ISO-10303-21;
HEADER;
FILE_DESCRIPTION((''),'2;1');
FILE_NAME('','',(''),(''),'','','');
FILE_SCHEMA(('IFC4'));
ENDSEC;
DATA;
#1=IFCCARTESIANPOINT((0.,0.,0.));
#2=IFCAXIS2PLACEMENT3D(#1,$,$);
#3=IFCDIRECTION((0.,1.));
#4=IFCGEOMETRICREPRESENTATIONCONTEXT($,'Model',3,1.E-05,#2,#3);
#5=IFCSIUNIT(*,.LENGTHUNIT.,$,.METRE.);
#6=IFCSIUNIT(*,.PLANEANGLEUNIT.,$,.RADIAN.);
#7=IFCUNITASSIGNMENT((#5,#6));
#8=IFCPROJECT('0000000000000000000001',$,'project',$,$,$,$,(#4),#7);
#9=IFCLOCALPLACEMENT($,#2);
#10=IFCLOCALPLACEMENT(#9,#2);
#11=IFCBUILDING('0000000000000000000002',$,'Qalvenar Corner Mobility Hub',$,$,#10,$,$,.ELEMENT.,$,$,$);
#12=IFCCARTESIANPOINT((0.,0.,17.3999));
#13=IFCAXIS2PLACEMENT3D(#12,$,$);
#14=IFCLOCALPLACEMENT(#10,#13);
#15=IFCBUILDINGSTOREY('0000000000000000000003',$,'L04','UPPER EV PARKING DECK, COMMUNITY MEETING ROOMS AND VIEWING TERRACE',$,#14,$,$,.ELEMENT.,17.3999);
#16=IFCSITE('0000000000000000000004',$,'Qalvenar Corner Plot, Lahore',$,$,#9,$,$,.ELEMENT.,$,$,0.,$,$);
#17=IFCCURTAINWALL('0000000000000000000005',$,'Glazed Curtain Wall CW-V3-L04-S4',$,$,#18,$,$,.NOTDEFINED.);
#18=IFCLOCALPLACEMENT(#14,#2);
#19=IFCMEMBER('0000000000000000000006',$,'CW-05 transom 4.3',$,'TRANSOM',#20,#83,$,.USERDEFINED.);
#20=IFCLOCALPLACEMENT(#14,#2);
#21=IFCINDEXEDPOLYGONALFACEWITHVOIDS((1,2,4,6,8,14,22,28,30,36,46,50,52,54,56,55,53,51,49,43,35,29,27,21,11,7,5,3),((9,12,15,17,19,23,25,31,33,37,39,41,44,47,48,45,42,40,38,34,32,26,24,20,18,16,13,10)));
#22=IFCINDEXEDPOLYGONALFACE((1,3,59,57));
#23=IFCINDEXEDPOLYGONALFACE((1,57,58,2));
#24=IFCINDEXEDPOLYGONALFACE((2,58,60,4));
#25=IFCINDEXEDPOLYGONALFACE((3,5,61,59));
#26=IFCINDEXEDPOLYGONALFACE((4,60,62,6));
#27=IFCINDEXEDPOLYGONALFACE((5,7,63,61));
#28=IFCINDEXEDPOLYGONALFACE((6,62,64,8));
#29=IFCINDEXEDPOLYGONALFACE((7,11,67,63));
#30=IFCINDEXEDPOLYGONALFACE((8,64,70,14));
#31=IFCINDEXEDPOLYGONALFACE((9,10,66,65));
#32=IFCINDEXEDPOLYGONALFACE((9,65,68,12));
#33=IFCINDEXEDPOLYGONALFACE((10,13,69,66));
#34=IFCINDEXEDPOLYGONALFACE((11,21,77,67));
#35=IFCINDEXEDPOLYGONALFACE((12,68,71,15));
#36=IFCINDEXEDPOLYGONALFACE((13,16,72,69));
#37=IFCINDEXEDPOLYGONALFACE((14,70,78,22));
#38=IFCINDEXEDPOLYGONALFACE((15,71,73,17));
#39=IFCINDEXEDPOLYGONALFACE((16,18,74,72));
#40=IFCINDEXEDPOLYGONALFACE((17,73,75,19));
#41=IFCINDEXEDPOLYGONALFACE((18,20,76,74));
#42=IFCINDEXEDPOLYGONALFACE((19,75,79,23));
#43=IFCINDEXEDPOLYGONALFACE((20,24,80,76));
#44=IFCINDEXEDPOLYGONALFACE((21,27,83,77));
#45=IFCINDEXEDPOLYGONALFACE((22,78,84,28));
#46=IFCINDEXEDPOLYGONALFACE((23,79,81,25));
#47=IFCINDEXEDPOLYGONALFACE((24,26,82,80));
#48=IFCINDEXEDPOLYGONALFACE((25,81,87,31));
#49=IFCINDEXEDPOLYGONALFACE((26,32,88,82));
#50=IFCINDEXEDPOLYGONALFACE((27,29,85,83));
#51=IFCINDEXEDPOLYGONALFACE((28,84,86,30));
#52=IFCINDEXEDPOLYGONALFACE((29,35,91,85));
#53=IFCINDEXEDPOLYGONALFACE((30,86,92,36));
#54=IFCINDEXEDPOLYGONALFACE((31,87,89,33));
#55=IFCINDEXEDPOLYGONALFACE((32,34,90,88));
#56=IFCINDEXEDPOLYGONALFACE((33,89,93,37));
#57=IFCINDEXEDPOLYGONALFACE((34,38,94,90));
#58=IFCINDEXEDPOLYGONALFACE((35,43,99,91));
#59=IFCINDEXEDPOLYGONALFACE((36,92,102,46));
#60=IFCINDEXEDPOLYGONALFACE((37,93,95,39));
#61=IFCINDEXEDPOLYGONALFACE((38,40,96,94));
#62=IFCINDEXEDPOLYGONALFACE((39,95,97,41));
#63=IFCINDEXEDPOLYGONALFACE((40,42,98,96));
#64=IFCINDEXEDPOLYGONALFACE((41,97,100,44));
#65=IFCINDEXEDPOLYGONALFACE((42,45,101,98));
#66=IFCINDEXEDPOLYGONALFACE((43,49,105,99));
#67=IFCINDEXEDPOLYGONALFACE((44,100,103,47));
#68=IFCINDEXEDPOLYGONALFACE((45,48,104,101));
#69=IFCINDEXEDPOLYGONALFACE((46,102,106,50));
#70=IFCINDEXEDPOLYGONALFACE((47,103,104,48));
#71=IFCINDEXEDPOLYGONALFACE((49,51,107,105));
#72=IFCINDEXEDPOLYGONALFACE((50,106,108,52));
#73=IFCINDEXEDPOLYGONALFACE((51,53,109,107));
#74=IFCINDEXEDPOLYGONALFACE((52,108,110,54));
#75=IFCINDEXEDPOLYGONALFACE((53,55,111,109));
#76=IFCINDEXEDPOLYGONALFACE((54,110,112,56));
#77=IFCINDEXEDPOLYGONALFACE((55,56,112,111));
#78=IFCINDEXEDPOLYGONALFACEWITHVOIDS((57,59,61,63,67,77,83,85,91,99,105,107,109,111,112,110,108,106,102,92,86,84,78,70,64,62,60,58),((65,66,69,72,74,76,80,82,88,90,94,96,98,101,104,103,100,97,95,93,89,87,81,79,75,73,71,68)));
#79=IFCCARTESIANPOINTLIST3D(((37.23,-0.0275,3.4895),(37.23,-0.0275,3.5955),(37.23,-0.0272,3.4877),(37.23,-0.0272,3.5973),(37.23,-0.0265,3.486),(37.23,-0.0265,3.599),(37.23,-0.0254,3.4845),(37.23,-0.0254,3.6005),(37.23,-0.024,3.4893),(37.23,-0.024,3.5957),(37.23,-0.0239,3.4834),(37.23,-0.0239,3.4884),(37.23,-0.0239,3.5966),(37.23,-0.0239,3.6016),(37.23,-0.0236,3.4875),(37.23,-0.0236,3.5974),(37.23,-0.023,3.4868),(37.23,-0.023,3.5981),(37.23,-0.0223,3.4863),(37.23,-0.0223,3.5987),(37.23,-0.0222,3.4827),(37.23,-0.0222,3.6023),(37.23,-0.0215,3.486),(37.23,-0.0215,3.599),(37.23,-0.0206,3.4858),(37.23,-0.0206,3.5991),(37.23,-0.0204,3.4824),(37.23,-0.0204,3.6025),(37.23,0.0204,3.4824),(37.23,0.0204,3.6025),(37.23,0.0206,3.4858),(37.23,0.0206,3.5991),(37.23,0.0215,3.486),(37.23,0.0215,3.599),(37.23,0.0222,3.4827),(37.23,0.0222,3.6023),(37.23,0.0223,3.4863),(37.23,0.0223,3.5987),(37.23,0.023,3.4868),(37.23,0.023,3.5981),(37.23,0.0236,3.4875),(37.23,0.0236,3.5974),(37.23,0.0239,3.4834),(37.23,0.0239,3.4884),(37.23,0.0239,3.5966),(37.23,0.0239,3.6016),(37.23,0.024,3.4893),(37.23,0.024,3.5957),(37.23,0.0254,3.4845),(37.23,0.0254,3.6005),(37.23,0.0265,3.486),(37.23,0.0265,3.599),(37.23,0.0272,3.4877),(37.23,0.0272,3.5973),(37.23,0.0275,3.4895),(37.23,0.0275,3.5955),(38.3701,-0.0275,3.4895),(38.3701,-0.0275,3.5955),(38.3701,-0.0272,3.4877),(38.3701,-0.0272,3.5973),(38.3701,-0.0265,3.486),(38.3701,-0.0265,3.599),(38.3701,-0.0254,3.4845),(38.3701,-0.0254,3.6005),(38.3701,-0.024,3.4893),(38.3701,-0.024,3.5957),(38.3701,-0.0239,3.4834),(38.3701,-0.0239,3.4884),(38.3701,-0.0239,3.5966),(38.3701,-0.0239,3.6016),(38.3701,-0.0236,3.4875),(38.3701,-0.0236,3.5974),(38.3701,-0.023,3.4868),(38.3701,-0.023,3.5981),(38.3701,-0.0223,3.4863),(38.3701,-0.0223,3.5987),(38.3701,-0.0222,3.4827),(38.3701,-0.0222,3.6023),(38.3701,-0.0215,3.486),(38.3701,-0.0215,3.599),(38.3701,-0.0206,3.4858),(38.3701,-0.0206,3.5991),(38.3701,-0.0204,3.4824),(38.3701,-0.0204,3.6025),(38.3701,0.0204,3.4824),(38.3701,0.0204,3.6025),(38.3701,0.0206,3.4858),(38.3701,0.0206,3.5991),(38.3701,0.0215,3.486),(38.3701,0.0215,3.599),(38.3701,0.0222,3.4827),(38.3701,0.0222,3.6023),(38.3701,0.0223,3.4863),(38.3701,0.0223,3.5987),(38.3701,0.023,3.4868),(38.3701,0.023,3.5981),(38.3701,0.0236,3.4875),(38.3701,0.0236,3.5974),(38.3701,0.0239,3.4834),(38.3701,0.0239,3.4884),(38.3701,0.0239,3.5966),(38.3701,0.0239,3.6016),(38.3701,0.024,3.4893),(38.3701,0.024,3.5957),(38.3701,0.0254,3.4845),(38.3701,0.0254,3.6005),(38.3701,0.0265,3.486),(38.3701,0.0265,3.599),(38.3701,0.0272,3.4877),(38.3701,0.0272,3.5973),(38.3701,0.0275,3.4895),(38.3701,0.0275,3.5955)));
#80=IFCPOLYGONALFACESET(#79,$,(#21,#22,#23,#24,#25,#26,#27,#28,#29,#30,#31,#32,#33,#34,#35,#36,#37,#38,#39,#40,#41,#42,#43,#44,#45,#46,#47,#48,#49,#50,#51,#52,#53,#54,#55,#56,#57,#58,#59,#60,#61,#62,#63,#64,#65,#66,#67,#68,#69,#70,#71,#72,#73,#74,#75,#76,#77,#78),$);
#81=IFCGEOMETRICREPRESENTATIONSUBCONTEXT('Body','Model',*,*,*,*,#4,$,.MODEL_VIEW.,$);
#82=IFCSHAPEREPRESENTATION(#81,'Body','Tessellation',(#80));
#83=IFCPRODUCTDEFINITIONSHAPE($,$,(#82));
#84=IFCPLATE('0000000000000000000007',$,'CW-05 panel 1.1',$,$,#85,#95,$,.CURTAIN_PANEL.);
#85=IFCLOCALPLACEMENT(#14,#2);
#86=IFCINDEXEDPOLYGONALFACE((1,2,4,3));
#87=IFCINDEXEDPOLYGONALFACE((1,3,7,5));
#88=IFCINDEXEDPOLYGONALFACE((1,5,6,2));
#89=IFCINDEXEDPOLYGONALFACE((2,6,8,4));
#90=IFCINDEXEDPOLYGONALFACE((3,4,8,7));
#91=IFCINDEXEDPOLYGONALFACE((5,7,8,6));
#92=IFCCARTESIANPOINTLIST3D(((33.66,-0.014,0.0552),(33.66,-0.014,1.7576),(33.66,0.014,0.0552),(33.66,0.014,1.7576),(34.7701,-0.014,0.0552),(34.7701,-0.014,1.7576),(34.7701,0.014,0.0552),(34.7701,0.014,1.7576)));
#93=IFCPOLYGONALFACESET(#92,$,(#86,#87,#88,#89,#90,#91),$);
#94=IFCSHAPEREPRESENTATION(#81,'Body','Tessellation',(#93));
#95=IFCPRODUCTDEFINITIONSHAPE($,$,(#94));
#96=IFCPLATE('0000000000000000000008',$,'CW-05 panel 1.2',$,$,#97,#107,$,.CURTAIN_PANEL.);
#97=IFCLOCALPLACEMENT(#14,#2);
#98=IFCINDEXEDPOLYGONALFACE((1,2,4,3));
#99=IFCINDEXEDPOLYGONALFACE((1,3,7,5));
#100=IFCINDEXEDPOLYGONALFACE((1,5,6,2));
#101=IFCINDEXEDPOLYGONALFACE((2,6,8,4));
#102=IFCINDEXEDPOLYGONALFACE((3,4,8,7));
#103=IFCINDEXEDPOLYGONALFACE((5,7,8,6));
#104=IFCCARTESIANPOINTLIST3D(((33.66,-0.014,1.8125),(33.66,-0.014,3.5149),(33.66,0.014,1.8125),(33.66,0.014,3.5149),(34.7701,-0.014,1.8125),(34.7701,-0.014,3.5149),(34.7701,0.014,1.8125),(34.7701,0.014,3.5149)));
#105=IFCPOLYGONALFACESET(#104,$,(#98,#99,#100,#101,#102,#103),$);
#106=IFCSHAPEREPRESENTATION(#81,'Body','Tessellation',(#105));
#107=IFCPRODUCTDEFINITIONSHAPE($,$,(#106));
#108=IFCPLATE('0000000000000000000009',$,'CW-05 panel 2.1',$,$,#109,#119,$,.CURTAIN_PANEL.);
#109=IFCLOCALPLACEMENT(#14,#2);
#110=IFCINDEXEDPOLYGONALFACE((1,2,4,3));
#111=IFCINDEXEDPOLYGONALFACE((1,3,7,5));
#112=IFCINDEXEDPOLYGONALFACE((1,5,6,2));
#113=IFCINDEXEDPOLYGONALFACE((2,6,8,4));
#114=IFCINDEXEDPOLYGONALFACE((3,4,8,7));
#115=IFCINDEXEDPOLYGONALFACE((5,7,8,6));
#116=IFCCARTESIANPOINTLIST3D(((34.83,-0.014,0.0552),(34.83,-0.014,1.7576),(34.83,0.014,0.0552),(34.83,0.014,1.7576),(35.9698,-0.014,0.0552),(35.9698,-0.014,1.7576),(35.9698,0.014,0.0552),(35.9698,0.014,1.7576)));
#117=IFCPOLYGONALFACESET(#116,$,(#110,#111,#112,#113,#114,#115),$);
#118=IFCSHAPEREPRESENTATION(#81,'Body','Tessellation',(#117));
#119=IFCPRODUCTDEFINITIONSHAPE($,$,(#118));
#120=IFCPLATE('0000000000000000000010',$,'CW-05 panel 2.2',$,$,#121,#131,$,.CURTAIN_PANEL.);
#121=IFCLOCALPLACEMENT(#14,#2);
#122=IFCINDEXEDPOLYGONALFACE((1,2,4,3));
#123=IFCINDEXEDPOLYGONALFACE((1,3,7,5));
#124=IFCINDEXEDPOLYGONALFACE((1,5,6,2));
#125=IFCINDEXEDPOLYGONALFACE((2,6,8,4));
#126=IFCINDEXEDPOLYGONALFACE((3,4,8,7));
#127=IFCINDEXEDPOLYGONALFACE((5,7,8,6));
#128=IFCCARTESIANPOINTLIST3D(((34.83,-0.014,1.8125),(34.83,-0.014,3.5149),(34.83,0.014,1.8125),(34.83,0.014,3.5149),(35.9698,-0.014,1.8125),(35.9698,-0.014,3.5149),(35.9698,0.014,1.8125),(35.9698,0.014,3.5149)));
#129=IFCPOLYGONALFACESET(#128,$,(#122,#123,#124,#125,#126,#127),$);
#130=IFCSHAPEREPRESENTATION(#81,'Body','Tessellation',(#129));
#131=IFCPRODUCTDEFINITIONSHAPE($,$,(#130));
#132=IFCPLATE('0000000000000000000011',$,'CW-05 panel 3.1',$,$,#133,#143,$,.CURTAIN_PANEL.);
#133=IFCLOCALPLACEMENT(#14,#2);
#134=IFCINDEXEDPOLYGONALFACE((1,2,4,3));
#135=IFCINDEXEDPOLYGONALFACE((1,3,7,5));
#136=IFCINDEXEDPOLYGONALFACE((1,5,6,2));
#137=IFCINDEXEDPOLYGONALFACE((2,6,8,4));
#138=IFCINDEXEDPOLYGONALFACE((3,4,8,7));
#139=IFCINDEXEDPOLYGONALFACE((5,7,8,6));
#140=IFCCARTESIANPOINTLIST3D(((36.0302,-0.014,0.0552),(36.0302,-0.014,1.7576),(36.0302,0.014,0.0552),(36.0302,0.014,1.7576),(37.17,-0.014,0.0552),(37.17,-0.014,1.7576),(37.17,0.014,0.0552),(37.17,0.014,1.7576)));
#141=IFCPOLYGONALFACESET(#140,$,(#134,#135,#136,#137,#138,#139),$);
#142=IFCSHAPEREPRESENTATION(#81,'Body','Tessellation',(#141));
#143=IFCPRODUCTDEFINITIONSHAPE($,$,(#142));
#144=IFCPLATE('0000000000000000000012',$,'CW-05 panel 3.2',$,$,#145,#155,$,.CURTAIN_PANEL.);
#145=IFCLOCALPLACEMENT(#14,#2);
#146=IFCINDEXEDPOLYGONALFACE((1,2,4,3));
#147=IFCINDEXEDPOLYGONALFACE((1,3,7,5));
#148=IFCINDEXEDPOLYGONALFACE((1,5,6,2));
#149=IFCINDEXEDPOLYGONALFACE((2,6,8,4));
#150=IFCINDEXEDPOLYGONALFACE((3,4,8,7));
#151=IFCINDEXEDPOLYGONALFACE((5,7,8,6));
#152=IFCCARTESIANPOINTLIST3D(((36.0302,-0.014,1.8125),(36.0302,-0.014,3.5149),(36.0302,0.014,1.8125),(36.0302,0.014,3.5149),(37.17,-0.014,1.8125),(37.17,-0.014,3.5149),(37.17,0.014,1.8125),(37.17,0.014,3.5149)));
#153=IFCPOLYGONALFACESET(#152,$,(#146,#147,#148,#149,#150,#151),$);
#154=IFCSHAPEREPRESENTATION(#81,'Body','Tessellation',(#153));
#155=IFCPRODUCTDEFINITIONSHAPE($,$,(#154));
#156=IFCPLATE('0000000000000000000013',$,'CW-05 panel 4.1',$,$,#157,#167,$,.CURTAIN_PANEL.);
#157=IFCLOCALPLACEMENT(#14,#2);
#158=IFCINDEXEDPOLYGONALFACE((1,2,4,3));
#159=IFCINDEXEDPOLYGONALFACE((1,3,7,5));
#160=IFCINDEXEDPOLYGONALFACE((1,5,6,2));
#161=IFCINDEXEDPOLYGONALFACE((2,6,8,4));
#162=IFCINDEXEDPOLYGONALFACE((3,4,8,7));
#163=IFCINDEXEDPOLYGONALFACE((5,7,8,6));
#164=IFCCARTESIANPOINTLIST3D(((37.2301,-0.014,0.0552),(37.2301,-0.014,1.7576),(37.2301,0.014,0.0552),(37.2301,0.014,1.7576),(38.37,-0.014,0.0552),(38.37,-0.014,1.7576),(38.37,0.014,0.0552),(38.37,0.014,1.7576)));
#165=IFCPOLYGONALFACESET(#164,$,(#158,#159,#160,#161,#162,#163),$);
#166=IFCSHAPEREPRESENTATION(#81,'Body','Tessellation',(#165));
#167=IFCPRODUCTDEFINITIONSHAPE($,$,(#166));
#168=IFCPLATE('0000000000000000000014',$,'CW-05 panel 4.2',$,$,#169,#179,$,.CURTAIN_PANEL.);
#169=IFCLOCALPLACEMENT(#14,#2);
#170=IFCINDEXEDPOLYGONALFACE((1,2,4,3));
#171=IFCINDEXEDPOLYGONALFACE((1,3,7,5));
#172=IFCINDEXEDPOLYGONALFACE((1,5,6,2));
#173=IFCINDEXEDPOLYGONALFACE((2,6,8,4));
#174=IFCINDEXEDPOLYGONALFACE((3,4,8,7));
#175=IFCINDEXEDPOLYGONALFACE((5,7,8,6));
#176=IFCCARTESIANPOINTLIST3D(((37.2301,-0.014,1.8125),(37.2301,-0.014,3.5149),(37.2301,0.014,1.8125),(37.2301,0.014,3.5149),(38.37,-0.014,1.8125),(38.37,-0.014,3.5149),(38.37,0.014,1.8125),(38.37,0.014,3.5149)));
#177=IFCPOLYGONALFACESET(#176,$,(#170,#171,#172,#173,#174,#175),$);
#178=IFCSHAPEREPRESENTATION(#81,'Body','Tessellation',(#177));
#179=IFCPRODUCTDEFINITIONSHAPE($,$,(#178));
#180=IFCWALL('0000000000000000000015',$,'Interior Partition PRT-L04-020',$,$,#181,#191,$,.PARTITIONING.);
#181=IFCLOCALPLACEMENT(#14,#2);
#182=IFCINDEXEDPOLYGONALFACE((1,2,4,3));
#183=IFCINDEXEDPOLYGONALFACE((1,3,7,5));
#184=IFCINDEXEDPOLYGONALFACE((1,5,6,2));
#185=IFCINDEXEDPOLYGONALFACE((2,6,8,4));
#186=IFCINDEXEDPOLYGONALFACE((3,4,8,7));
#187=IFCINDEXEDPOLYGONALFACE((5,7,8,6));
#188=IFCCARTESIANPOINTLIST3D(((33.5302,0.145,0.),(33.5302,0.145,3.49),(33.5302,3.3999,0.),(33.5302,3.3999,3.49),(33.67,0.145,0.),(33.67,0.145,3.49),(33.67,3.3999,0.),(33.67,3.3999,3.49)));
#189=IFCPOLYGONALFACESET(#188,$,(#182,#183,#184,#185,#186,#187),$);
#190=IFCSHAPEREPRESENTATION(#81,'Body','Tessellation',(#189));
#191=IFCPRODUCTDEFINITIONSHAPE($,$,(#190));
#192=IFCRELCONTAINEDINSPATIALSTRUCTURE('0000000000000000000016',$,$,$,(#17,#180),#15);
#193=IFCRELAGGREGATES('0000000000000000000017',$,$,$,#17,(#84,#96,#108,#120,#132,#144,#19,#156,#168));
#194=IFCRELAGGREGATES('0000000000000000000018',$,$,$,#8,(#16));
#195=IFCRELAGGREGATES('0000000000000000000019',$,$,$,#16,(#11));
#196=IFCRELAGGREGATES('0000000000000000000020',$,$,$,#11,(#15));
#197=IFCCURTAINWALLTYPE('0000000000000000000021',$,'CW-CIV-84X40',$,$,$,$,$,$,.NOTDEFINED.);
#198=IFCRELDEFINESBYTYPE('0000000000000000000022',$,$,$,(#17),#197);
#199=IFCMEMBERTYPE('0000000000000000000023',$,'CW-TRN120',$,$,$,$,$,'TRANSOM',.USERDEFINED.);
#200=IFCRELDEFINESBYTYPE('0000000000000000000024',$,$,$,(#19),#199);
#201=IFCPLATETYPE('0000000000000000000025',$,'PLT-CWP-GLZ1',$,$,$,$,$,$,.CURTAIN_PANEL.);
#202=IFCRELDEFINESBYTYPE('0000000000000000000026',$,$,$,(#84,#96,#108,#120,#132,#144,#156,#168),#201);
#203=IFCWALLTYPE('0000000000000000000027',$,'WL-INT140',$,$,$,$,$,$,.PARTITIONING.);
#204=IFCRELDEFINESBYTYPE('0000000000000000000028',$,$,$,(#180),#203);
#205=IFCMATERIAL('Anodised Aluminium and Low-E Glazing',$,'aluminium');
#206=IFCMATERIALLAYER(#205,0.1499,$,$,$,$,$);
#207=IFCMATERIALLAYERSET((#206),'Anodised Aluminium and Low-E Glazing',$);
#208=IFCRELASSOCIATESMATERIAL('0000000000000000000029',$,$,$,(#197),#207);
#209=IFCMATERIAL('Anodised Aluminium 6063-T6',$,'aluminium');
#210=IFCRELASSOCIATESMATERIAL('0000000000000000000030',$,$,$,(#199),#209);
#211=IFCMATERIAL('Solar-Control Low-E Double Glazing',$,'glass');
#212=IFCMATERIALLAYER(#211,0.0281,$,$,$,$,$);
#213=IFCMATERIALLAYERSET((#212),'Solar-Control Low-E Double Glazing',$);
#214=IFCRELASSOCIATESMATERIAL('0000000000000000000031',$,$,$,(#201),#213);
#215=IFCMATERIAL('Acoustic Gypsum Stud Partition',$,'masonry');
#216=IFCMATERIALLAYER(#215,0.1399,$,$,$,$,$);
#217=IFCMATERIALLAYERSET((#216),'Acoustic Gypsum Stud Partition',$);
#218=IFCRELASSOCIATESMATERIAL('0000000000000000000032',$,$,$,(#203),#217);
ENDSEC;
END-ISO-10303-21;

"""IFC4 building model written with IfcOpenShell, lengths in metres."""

from ifc_helpers import new_model, si_unit, direction, frame, frame_2d, origin, origin_2d, place, context, subcontext, project, spatial, rectangle, hollow_rectangle, extrude, material, layer, layer_set, material_profile, profile_set, type_object, element, aggregate, save


model = new_model("IFC4")

# Units and contexts
model_context = context("Model", 3, precision=1e-05, world=origin(), true_north=direction((0.0, 1.0)))
body_context = subcontext(model_context, "Body", "Model", "MODEL_VIEW")
ifc_project = project(units=[si_unit("LENGTHUNIT", "METRE"), si_unit("PLANEANGLEUNIT", "RADIAN")], contexts=[model_context])

# Site, building, storey
site_placement = place(None, origin())
site = spatial("IfcSite", under=ifc_project, at=site_placement, Name="Qalvenar Corner Plot, Lahore", CompositionType="ELEMENT", RefElevation=0.0)
building_placement = place(site_placement, origin())
building = spatial("IfcBuilding", under=site, at=building_placement, Name="Qalvenar Corner Mobility Hub", CompositionType="ELEMENT")
storey_placement = place(building_placement, frame((0.0, 0.0, 17.3999)))
storey = spatial("IfcBuildingStorey", under=building, at=storey_placement, Name="L04", Description="UPPER EV PARKING DECK, COMMUNITY MEETING ROOMS AND VIEWING TERRACE", CompositionType="ELEMENT", Elevation=17.3999)

# Curtain wall, member, plates
ifc_material_1 = material(Name="Anodised Aluminium and Low-E Glazing", Category="aluminium")
ifc_layer_1 = layer(ifc_material_1, 0.1499)
ifc_layer_set_1 = layer_set([ifc_layer_1], Name="Anodised Aluminium and Low-E Glazing")
curtain_wall_type = type_object("IfcCurtainWallType", Name="CW-CIV-84X40", PredefinedType="NOTDEFINED", material=ifc_layer_set_1)
curtain_wall_placement = place(storey_placement, origin())
curtain_wall = element("IfcCurtainWall", 1, at=curtain_wall_placement, inside=storey, type_object=curtain_wall_type, Name="Glazed Curtain Wall CW-V3-L04-S4", PredefinedType="NOTDEFINED")
ifc_material_2 = material(Name="Anodised Aluminium 6063-T6", Category="aluminium")
ifc_material_profile_1 = material_profile(ifc_material_2, hollow_rectangle(XDim=0.0549, YDim=0.1201, WallThickness=0.0034, InnerFilletRadius=0.0034, OuterFilletRadius=0.0071, at=origin_2d()), Name="RHS120x55x3.5")
ifc_profile_set_1 = profile_set([ifc_material_profile_1], Name="Anodised Aluminium 6063-T6")
member_type_1 = type_object("IfcMemberType", Name="CW-TRN120", ElementType="TRANSOM", PredefinedType="USERDEFINED", material=ifc_profile_set_1)
member_1_placement = place(storey_placement, frame((37.23, 0.0, 3.5425), z_axis=(1.0, 0.0, 0.0), x_axis=(0.0, 1.0, 0.0)))
member_1 = element("IfcMember", 2, at=member_1_placement, type_object=member_type_1, Name="CW-05 transom 4.3", ObjectType="TRANSOM", PredefinedType="USERDEFINED", context=body_context, shape_type="SweptSolid", body=[
    extrude(hollow_rectangle(XDim=0.0549, YDim=0.1201, WallThickness=0.0034, InnerFilletRadius=0.0034, OuterFilletRadius=0.0071, at=origin_2d()), origin(), (0.0, 0.0, 1.0), 1.1401),
])
ifc_material_3 = material(Name="Solar-Control Low-E Double Glazing", Category="glass")
ifc_layer_2 = layer(ifc_material_3, 0.0281)
ifc_layer_set_2 = layer_set([ifc_layer_2], Name="Solar-Control Low-E Double Glazing")
plate_type = type_object("IfcPlateType", Name="PLT-CWP-GLZ1", PredefinedType="CURTAIN_PANEL", material=ifc_layer_set_2)
plate_1_placement = place(storey_placement, frame((34.2151, 0.0, 0.0552), z_axis=(0.0, 0.0, 1.0), x_axis=(1.0, 0.0, 0.0)))
plate_1 = element("IfcPlate", 3, at=plate_1_placement, type_object=plate_type, Name="CW-05 panel 1.1", PredefinedType="CURTAIN_PANEL", context=body_context, shape_type="SweptSolid", body=[
    extrude(rectangle(XDim=1.1101, YDim=0.0281, at=origin_2d()), origin(), (0.0, 0.0, 1.0), 1.7024),
])
plate_2_placement = place(storey_placement, frame((34.2151, 0.0, 1.8125), z_axis=(0.0, 0.0, 1.0), x_axis=(1.0, 0.0, 0.0)))
plate_2 = element("IfcPlate", 4, at=plate_2_placement, type_object=plate_type, Name="CW-05 panel 1.2", PredefinedType="CURTAIN_PANEL", context=body_context, shape_type="SweptSolid", body=[
    extrude(rectangle(XDim=1.1101, YDim=0.0281, at=origin_2d()), origin(), (0.0, 0.0, 1.0), 1.7024),
])
plate_3_placement = place(storey_placement, frame((35.3999, 0.0, 0.0552), z_axis=(0.0, 0.0, 1.0), x_axis=(1.0, 0.0, 0.0)))
plate_3 = element("IfcPlate", 5, at=plate_3_placement, type_object=plate_type, Name="CW-05 panel 2.1", PredefinedType="CURTAIN_PANEL", context=body_context, shape_type="SweptSolid", body=[
    extrude(rectangle(XDim=1.1399, YDim=0.0281, at=origin_2d()), origin(), (0.0, 0.0, 1.0), 1.7024),
])
plate_4_placement = place(storey_placement, frame((35.3999, 0.0, 1.8125), z_axis=(0.0, 0.0, 1.0), x_axis=(1.0, 0.0, 0.0)))
plate_4 = element("IfcPlate", 6, at=plate_4_placement, type_object=plate_type, Name="CW-05 panel 2.2", PredefinedType="CURTAIN_PANEL", context=body_context, shape_type="SweptSolid", body=[
    extrude(rectangle(XDim=1.1399, YDim=0.0281, at=origin_2d()), origin(), (0.0, 0.0, 1.0), 1.7024),
])
plate_5_placement = place(storey_placement, frame((36.6001, 0.0, 0.0552), z_axis=(0.0, 0.0, 1.0), x_axis=(1.0, 0.0, 0.0)))
plate_5 = element("IfcPlate", 7, at=plate_5_placement, type_object=plate_type, Name="CW-05 panel 3.1", PredefinedType="CURTAIN_PANEL", context=body_context, shape_type="SweptSolid", body=[
    extrude(rectangle(XDim=1.1399, YDim=0.0281, at=origin_2d()), origin(), (0.0, 0.0, 1.0), 1.7024),
])
plate_6_placement = place(storey_placement, frame((36.6001, 0.0, 1.8125), z_axis=(0.0, 0.0, 1.0), x_axis=(1.0, 0.0, 0.0)))
plate_6 = element("IfcPlate", 8, at=plate_6_placement, type_object=plate_type, Name="CW-05 panel 3.2", PredefinedType="CURTAIN_PANEL", context=body_context, shape_type="SweptSolid", body=[
    extrude(rectangle(XDim=1.1399, YDim=0.0281, at=origin_2d()), origin(), (0.0, 0.0, 1.0), 1.7024),
])
plate_7_placement = place(storey_placement, frame((37.8, 0.0, 0.0552), z_axis=(0.0, 0.0, 1.0), x_axis=(1.0, 0.0, 0.0)))
plate_7 = element("IfcPlate", 9, at=plate_7_placement, type_object=plate_type, Name="CW-05 panel 4.1", PredefinedType="CURTAIN_PANEL", context=body_context, shape_type="SweptSolid", body=[
    extrude(rectangle(XDim=1.1399, YDim=0.0281, at=origin_2d()), origin(), (0.0, 0.0, 1.0), 1.7024),
])
plate_8_placement = place(storey_placement, frame((37.8, 0.0, 1.8125), z_axis=(0.0, 0.0, 1.0), x_axis=(1.0, 0.0, 0.0)))
plate_8 = element("IfcPlate", 10, at=plate_8_placement, type_object=plate_type, Name="CW-05 panel 4.2", PredefinedType="CURTAIN_PANEL", context=body_context, shape_type="SweptSolid", body=[
    extrude(rectangle(XDim=1.1399, YDim=0.0281, at=origin_2d()), origin(), (0.0, 0.0, 1.0), 1.7024),
])
aggregate(curtain_wall, [plate_1, plate_2, plate_3, plate_4, plate_5, plate_6, member_1, plate_7, plate_8])

# Wall
ifc_material_4 = material(Name="Acoustic Gypsum Stud Partition", Category="masonry")
ifc_layer_3 = layer(ifc_material_4, 0.1399)
ifc_layer_set_3 = layer_set([ifc_layer_3], Name="Acoustic Gypsum Stud Partition")
wall_type = type_object("IfcWallType", Name="WL-INT140", PredefinedType="PARTITIONING", material=ifc_layer_set_3)
wall_placement = place(storey_placement, frame((33.6001, 0.145, 0.0), z_axis=(0.0, 0.0, 1.0), x_axis=(0.0, 1.0, 0.0)))
element("IfcWall", 11, at=wall_placement, inside=storey, type_object=wall_type, Name="Interior Partition PRT-L04-020", PredefinedType="PARTITIONING", context=body_context, shape_type="SweptSolid", body=[
    extrude(rectangle(XDim=3.2549, YDim=0.1399, at=frame_2d((1.6274, 0.0))), origin(), (0.0, 0.0, 1.0), 3.49),
])

save(model, "model.ifc")
